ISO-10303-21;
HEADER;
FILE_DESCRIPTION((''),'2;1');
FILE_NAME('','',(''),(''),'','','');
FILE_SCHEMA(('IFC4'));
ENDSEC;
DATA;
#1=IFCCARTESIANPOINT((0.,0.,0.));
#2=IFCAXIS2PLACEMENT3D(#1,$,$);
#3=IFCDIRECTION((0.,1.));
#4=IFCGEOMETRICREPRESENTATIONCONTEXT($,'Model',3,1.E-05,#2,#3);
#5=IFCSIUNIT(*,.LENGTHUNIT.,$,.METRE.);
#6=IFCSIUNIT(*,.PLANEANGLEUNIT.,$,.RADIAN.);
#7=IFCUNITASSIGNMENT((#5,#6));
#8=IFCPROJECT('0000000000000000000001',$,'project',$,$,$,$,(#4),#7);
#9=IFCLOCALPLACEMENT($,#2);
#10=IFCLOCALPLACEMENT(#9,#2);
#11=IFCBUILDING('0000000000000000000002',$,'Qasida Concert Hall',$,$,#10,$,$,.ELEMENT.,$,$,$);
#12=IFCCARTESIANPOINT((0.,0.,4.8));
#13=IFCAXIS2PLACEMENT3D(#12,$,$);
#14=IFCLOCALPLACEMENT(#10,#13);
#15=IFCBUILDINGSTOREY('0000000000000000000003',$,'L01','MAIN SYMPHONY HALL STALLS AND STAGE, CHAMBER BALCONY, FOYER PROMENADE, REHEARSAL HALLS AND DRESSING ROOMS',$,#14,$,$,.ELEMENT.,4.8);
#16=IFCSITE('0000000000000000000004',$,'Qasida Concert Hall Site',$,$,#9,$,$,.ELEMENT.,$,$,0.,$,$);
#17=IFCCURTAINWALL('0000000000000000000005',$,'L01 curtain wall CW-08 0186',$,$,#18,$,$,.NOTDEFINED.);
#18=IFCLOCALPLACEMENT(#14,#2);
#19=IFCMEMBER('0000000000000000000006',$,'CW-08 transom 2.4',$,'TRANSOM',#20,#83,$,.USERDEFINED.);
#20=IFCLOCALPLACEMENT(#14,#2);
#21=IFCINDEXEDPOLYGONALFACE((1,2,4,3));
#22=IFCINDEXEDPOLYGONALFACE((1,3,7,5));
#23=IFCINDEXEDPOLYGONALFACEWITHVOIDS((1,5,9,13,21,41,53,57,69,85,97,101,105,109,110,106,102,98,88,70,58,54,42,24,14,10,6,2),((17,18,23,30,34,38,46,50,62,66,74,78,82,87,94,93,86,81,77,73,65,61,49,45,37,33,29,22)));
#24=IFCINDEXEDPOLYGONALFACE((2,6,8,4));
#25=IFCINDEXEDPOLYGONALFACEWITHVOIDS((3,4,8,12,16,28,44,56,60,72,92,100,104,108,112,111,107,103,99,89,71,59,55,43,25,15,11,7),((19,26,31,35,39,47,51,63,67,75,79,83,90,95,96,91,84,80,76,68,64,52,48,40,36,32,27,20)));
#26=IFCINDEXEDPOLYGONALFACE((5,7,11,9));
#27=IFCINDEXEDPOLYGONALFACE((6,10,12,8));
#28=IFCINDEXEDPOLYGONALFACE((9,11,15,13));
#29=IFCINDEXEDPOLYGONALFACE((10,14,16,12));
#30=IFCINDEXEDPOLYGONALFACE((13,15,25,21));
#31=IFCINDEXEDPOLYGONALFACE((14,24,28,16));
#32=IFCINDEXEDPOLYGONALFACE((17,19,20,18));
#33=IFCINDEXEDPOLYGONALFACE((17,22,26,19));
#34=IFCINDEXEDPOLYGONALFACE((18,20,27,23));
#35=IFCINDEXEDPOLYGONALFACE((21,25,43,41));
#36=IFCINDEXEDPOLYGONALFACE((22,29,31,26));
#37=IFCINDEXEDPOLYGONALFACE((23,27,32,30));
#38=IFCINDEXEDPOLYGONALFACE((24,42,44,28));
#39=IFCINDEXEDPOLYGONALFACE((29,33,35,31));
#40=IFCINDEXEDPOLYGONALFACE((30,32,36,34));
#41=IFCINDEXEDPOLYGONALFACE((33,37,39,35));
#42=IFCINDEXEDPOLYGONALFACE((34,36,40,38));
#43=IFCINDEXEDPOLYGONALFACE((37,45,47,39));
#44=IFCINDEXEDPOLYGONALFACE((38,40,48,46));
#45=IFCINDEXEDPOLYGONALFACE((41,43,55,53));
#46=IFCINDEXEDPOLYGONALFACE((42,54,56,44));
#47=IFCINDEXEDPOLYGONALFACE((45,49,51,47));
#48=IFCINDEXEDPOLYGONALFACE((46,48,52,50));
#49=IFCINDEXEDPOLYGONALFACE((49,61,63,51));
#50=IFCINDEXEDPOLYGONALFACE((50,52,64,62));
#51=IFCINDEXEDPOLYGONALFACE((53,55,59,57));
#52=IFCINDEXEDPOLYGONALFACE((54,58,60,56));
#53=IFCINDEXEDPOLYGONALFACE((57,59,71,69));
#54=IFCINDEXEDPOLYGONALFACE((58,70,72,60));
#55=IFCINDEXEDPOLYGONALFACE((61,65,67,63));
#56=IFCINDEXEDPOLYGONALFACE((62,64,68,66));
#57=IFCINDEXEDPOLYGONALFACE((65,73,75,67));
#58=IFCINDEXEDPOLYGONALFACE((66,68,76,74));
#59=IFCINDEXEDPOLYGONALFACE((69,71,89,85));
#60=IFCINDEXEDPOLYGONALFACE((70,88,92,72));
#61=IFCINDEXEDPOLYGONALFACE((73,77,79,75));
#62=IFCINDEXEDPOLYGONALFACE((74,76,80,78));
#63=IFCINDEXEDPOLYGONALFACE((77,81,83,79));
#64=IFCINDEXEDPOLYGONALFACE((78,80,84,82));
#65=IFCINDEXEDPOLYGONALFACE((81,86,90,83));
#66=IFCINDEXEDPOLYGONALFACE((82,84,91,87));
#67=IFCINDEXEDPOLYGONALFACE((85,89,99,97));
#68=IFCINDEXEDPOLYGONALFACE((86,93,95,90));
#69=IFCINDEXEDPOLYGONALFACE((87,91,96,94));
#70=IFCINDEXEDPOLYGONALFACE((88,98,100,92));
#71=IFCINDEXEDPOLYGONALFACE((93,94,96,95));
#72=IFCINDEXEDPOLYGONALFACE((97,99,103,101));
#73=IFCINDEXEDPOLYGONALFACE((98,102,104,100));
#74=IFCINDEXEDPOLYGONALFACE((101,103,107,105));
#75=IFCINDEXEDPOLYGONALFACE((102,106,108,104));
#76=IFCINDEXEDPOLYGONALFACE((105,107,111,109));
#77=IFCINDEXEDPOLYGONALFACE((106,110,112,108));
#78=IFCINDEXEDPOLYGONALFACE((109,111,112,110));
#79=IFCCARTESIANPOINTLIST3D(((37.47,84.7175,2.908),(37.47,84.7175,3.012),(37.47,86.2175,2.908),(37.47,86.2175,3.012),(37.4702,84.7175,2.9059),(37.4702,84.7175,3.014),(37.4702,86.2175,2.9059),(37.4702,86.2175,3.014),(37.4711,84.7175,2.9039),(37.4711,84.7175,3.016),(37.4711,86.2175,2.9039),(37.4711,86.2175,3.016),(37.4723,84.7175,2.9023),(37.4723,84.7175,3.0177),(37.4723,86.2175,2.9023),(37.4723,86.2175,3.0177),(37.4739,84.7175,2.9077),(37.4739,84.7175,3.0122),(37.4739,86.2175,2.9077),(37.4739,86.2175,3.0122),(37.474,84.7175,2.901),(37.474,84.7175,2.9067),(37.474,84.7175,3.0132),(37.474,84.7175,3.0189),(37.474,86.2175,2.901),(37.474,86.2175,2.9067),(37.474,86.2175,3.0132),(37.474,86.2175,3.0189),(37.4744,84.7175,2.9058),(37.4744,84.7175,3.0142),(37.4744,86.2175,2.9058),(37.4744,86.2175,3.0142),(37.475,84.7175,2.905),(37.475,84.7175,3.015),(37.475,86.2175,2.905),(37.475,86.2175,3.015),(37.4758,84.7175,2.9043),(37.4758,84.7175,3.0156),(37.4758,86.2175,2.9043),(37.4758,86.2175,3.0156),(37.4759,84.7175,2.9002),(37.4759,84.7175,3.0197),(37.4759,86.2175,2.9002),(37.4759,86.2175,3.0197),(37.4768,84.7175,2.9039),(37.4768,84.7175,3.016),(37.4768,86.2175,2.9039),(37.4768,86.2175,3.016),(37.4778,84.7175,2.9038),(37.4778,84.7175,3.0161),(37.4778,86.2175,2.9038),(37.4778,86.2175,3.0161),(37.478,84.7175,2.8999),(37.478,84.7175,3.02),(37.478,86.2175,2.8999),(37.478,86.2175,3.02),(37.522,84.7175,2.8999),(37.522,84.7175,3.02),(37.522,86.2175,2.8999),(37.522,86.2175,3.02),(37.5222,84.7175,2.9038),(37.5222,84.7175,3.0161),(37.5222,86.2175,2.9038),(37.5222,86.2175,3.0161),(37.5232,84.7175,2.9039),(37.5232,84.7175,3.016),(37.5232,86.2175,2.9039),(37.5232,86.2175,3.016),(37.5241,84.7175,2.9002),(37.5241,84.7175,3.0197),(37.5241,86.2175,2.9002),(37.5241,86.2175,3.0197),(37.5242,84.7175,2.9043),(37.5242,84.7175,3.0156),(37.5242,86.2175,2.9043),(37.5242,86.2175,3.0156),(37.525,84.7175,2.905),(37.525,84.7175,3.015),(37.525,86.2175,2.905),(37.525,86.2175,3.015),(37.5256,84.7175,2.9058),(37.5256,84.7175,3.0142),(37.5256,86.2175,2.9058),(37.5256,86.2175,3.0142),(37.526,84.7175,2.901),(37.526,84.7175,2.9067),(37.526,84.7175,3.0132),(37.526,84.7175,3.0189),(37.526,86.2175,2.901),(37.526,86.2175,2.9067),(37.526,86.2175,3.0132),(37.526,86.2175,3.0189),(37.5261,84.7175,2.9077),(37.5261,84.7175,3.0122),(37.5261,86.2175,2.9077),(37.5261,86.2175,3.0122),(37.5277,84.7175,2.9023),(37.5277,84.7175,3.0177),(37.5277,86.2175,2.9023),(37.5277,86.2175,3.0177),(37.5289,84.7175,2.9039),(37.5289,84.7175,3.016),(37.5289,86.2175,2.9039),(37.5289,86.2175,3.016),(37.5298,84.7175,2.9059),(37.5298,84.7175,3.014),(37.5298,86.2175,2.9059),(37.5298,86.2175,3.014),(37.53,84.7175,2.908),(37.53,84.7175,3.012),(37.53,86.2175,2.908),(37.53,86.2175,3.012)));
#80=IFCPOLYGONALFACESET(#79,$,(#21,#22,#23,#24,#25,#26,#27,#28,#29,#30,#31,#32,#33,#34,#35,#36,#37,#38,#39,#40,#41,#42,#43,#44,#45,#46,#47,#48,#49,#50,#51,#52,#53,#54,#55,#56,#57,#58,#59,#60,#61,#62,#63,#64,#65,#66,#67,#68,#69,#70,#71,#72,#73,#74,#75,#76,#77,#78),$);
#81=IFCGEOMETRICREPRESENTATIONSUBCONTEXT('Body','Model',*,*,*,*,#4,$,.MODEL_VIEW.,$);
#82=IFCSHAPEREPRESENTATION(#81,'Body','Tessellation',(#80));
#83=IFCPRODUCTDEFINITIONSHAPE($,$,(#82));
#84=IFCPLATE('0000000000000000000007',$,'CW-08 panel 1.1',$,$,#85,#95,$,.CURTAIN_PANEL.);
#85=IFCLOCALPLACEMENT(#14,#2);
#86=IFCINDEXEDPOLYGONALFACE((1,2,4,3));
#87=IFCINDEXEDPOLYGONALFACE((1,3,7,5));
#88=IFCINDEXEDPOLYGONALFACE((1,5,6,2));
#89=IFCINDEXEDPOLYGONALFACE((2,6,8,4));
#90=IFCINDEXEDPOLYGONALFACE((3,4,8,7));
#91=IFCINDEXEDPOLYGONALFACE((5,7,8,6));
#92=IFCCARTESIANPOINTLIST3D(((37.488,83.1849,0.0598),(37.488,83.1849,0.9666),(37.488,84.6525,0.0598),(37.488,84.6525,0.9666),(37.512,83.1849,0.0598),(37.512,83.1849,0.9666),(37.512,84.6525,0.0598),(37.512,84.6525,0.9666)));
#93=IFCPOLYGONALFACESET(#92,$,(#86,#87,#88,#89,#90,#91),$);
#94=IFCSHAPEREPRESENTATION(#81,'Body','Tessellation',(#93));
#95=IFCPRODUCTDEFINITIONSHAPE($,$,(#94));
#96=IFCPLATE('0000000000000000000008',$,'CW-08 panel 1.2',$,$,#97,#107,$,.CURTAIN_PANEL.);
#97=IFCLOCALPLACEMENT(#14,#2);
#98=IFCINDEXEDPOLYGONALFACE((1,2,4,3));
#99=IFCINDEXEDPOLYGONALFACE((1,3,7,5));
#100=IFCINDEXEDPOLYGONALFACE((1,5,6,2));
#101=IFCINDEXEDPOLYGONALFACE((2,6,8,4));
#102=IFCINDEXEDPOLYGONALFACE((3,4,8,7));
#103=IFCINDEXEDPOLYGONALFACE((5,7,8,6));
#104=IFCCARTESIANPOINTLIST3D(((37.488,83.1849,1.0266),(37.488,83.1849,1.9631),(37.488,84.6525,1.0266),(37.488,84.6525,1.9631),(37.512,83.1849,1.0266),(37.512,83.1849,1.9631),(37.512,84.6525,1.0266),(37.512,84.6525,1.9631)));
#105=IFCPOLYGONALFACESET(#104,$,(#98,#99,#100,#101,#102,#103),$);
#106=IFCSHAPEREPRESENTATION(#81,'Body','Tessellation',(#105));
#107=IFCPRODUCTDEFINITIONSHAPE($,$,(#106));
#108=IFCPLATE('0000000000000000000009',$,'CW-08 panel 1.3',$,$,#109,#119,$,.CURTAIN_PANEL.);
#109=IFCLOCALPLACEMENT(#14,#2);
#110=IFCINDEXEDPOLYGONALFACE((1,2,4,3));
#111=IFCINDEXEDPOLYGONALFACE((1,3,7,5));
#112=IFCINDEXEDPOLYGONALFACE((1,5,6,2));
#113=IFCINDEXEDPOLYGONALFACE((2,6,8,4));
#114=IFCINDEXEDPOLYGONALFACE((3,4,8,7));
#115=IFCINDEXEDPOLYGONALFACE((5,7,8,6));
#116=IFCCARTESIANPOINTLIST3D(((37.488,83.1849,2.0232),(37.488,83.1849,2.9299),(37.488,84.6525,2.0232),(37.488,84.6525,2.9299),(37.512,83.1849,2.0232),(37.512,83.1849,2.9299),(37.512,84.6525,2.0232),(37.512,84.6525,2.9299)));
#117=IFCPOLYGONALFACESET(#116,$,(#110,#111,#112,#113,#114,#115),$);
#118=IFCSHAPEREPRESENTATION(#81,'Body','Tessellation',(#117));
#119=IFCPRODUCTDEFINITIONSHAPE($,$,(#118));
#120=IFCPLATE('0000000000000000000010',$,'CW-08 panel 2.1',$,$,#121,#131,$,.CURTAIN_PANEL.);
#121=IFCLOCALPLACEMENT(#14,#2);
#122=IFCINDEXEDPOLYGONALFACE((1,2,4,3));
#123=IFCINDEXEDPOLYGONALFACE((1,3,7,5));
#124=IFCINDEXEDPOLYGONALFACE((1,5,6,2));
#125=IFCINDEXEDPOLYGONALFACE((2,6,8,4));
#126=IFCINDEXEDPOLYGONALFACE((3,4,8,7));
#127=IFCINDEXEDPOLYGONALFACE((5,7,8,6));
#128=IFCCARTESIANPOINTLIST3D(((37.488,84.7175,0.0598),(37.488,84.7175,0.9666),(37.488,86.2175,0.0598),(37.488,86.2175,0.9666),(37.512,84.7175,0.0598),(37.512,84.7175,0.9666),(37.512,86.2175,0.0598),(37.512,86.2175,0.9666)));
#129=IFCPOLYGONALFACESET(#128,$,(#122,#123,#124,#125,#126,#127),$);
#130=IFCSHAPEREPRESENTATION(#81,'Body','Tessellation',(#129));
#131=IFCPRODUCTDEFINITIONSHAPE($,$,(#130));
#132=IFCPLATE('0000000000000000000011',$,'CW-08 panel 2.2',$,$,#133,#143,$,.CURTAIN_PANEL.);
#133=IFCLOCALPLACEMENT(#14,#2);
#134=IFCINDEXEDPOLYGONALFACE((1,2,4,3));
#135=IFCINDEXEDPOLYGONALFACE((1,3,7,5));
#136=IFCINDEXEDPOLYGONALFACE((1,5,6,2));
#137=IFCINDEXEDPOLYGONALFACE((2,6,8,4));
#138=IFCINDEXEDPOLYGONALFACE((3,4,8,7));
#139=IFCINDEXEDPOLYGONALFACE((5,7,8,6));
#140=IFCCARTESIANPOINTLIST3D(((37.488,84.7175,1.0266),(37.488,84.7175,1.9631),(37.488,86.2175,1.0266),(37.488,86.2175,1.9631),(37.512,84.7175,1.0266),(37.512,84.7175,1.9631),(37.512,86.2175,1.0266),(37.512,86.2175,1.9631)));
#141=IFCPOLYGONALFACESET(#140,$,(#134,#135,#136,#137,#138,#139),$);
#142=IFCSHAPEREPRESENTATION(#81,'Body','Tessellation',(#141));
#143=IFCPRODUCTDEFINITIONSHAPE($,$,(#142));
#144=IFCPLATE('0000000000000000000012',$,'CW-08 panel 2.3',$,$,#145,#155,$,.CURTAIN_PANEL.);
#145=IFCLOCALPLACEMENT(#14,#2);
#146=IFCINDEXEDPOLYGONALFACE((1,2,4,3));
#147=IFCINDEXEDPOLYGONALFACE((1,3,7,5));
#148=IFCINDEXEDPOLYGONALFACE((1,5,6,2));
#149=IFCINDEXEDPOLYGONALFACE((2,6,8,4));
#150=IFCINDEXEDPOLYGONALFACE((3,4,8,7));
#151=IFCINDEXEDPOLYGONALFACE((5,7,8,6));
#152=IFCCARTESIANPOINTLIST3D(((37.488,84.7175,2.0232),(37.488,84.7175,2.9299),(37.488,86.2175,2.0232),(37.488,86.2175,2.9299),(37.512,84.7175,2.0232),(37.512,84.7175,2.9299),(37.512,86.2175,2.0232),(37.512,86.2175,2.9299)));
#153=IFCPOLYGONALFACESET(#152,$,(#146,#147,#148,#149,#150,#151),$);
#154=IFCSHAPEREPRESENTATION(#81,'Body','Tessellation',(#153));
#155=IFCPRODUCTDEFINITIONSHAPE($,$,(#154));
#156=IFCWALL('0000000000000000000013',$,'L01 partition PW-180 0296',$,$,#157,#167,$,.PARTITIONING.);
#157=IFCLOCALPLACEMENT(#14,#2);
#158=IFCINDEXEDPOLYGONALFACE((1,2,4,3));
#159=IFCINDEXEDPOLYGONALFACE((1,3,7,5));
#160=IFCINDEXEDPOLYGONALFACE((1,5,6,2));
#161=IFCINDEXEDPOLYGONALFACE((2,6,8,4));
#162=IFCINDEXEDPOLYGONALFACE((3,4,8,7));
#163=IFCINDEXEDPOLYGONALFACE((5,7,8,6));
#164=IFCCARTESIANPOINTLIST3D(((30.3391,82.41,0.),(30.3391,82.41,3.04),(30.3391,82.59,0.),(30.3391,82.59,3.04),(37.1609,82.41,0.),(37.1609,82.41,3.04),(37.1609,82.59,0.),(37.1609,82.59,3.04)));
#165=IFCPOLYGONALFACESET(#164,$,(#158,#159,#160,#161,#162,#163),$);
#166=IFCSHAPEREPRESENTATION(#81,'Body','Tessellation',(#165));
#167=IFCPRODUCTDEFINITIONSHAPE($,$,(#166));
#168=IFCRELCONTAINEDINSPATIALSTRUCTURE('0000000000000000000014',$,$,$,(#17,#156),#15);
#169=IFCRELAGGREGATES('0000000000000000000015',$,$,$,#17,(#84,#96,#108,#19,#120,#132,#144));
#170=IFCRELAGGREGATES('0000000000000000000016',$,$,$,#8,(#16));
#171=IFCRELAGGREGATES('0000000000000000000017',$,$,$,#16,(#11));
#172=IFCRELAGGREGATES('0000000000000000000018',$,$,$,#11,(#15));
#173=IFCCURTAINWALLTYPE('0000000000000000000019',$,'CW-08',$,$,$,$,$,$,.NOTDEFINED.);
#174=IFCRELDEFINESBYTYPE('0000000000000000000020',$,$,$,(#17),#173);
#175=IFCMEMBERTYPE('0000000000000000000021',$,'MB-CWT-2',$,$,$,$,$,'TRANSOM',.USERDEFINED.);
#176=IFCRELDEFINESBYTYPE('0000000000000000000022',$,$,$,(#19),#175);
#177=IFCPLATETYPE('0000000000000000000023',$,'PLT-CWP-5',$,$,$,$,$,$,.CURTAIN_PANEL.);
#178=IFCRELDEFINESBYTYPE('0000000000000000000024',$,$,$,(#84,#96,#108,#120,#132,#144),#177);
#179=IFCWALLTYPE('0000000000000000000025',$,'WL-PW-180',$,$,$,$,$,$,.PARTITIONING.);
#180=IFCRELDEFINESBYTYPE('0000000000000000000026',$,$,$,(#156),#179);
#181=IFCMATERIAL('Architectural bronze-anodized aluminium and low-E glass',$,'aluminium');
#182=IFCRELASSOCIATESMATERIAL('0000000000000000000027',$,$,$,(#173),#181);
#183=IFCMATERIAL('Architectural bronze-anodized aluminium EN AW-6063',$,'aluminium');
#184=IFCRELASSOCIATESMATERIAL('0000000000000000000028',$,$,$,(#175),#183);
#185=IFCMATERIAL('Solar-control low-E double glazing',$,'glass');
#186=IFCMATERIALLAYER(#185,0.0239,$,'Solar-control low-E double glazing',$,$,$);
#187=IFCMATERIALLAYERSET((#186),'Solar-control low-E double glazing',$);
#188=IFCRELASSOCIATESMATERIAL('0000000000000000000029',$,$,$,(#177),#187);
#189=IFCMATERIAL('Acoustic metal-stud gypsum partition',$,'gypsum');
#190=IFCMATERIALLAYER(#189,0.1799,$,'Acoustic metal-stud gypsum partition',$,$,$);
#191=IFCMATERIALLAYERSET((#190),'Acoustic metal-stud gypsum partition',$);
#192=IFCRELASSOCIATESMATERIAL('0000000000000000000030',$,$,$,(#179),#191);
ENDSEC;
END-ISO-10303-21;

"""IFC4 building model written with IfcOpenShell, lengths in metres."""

from ifc_helpers import new_model, si_unit, direction, frame, frame_2d, origin, origin_2d, place, context, subcontext, project, spatial, rectangle, hollow_rectangle, extrude, material, layer, layer_set, material_profile, profile_set, type_object, element, aggregate, save


model = new_model("IFC4")

# Units and contexts
model_context = context("Model", 3, precision=1e-05, world=origin(), true_north=direction((0.0, 1.0)))
body_context = subcontext(model_context, "Body", "Model", "MODEL_VIEW")
ifc_project = project(units=[si_unit("LENGTHUNIT", "METRE"), si_unit("PLANEANGLEUNIT", "RADIAN")], contexts=[model_context])

# Site, building, storey
site_placement = place(None, origin())
site = spatial("IfcSite", under=ifc_project, at=site_placement, Name="Qasida Concert Hall Site", CompositionType="ELEMENT", RefElevation=0.0)
building_placement = place(site_placement, origin())
building = spatial("IfcBuilding", under=site, at=building_placement, Name="Qasida Concert Hall", CompositionType="ELEMENT")
storey_placement = place(building_placement, frame((0.0, 0.0, 4.8)))
storey = spatial("IfcBuildingStorey", under=building, at=storey_placement, Name="L01", Description="MAIN SYMPHONY HALL STALLS AND STAGE, CHAMBER BALCONY, FOYER PROMENADE, REHEARSAL HALLS AND DRESSING ROOMS", CompositionType="ELEMENT", Elevation=4.8)

# Curtain wall, member, plates
ifc_material_1 = material(Name="Architectural bronze-anodized aluminium and low-E glass", Category="aluminium")
curtain_wall_type = type_object("IfcCurtainWallType", Name="CW-08", PredefinedType="NOTDEFINED", material=ifc_material_1)
curtain_wall_placement = place(storey_placement, origin())
curtain_wall = element("IfcCurtainWall", 1, at=curtain_wall_placement, inside=storey, type_object=curtain_wall_type, Name="L01 curtain wall CW-08 0186", PredefinedType="NOTDEFINED")
ifc_material_2 = material(Name="Architectural bronze-anodized aluminium EN AW-6063", Category="aluminium")
ifc_material_profile_1 = material_profile(ifc_material_2, hollow_rectangle(XDim=0.0601, YDim=0.1201, WallThickness=0.0039, InnerFilletRadius=0.0039, OuterFilletRadius=0.0081, at=origin_2d()), Name="CWT 120x60x4")
ifc_profile_set_1 = profile_set([ifc_material_profile_1], Name="Architectural bronze-anodized aluminium EN AW-6063")
member_type_1 = type_object("IfcMemberType", Name="MB-CWT-2", ElementType="TRANSOM", PredefinedType="USERDEFINED", material=ifc_profile_set_1)
member_1_placement = place(storey_placement, frame((37.5, 84.7175, 2.96), z_axis=(0.0, 1.0, 0.0), x_axis=(-1.0, 0.0, 0.0)))
member_1 = element("IfcMember", 2, at=member_1_placement, type_object=member_type_1, Name="CW-08 transom 2.4", ObjectType="TRANSOM", PredefinedType="USERDEFINED", context=body_context, shape_type="SweptSolid", body=[
    extrude(hollow_rectangle(XDim=0.0601, YDim=0.1201, WallThickness=0.0039, InnerFilletRadius=0.0039, OuterFilletRadius=0.0081, at=origin_2d()), origin(), (0.0, 0.0, 1.0), 1.5),
])
ifc_material_3 = material(Name="Solar-control low-E double glazing", Category="glass")
ifc_layer_1 = layer(ifc_material_3, 0.0239, Name="Solar-control low-E double glazing")
ifc_layer_set_1 = layer_set([ifc_layer_1], Name="Solar-control low-E double glazing")
plate_type = type_object("IfcPlateType", Name="PLT-CWP-5", PredefinedType="CURTAIN_PANEL", material=ifc_layer_set_1)
plate_1_placement = place(storey_placement, frame((37.5, 83.9187, 0.0598), z_axis=(0.0, 0.0, 1.0), x_axis=(0.0, 1.0, 0.0)))
plate_1 = element("IfcPlate", 3, at=plate_1_placement, type_object=plate_type, Name="CW-08 panel 1.1", PredefinedType="CURTAIN_PANEL", context=body_context, shape_type="SweptSolid", body=[
    extrude(rectangle(XDim=1.4675, YDim=0.0239, at=origin_2d()), origin(), (0.0, 0.0, 1.0), 0.9067),
])
plate_2_placement = place(storey_placement, frame((37.5, 83.9187, 1.0266), z_axis=(0.0, 0.0, 1.0), x_axis=(0.0, 1.0, 0.0)))
plate_2 = element("IfcPlate", 4, at=plate_2_placement, type_object=plate_type, Name="CW-08 panel 1.2", PredefinedType="CURTAIN_PANEL", context=body_context, shape_type="SweptSolid", body=[
    extrude(rectangle(XDim=1.4675, YDim=0.0239, at=origin_2d()), origin(), (0.0, 0.0, 1.0), 0.9365),
])
plate_3_placement = place(storey_placement, frame((37.5, 83.9187, 2.0232), z_axis=(0.0, 0.0, 1.0), x_axis=(0.0, 1.0, 0.0)))
plate_3 = element("IfcPlate", 5, at=plate_3_placement, type_object=plate_type, Name="CW-08 panel 1.3", PredefinedType="CURTAIN_PANEL", context=body_context, shape_type="SweptSolid", body=[
    extrude(rectangle(XDim=1.4675, YDim=0.0239, at=origin_2d()), origin(), (0.0, 0.0, 1.0), 0.9067),
])
plate_4_placement = place(storey_placement, frame((37.5, 85.4675, 0.0598), z_axis=(0.0, 0.0, 1.0), x_axis=(0.0, 1.0, 0.0)))
plate_4 = element("IfcPlate", 6, at=plate_4_placement, type_object=plate_type, Name="CW-08 panel 2.1", PredefinedType="CURTAIN_PANEL", context=body_context, shape_type="SweptSolid", body=[
    extrude(rectangle(XDim=1.5, YDim=0.0239, at=origin_2d()), origin(), (0.0, 0.0, 1.0), 0.9067),
])
plate_5_placement = place(storey_placement, frame((37.5, 85.4675, 1.0266), z_axis=(0.0, 0.0, 1.0), x_axis=(0.0, 1.0, 0.0)))
plate_5 = element("IfcPlate", 7, at=plate_5_placement, type_object=plate_type, Name="CW-08 panel 2.2", PredefinedType="CURTAIN_PANEL", context=body_context, shape_type="SweptSolid", body=[
    extrude(rectangle(XDim=1.5, YDim=0.0239, at=origin_2d()), origin(), (0.0, 0.0, 1.0), 0.9365),
])
plate_6_placement = place(storey_placement, frame((37.5, 85.4675, 2.0232), z_axis=(0.0, 0.0, 1.0), x_axis=(0.0, 1.0, 0.0)))
plate_6 = element("IfcPlate", 8, at=plate_6_placement, type_object=plate_type, Name="CW-08 panel 2.3", PredefinedType="CURTAIN_PANEL", context=body_context, shape_type="SweptSolid", body=[
    extrude(rectangle(XDim=1.5, YDim=0.0239, at=origin_2d()), origin(), (0.0, 0.0, 1.0), 0.9067),
])
aggregate(curtain_wall, [plate_1, plate_2, plate_3, member_1, plate_4, plate_5, plate_6])

# Wall
ifc_material_4 = material(Name="Acoustic metal-stud gypsum partition", Category="gypsum")
ifc_layer_2 = layer(ifc_material_4, 0.1799, Name="Acoustic metal-stud gypsum partition")
ifc_layer_set_2 = layer_set([ifc_layer_2], Name="Acoustic metal-stud gypsum partition")
wall_type = type_object("IfcWallType", Name="WL-PW-180", PredefinedType="PARTITIONING", material=ifc_layer_set_2)
wall_placement = place(storey_placement, frame((30.3391, 82.5, 0.0), z_axis=(0.0, 0.0, 1.0), x_axis=(1.0, 0.0, 0.0)))
element("IfcWall", 9, at=wall_placement, inside=storey, type_object=wall_type, Name="L01 partition PW-180 0296", PredefinedType="PARTITIONING", context=body_context, shape_type="SweptSolid", body=[
    extrude(rectangle(XDim=6.8218, YDim=0.1799, at=frame_2d((3.4109, 0.0))), origin(), (0.0, 0.0, 1.0), 3.04),
])

save(model, "model.ifc")
